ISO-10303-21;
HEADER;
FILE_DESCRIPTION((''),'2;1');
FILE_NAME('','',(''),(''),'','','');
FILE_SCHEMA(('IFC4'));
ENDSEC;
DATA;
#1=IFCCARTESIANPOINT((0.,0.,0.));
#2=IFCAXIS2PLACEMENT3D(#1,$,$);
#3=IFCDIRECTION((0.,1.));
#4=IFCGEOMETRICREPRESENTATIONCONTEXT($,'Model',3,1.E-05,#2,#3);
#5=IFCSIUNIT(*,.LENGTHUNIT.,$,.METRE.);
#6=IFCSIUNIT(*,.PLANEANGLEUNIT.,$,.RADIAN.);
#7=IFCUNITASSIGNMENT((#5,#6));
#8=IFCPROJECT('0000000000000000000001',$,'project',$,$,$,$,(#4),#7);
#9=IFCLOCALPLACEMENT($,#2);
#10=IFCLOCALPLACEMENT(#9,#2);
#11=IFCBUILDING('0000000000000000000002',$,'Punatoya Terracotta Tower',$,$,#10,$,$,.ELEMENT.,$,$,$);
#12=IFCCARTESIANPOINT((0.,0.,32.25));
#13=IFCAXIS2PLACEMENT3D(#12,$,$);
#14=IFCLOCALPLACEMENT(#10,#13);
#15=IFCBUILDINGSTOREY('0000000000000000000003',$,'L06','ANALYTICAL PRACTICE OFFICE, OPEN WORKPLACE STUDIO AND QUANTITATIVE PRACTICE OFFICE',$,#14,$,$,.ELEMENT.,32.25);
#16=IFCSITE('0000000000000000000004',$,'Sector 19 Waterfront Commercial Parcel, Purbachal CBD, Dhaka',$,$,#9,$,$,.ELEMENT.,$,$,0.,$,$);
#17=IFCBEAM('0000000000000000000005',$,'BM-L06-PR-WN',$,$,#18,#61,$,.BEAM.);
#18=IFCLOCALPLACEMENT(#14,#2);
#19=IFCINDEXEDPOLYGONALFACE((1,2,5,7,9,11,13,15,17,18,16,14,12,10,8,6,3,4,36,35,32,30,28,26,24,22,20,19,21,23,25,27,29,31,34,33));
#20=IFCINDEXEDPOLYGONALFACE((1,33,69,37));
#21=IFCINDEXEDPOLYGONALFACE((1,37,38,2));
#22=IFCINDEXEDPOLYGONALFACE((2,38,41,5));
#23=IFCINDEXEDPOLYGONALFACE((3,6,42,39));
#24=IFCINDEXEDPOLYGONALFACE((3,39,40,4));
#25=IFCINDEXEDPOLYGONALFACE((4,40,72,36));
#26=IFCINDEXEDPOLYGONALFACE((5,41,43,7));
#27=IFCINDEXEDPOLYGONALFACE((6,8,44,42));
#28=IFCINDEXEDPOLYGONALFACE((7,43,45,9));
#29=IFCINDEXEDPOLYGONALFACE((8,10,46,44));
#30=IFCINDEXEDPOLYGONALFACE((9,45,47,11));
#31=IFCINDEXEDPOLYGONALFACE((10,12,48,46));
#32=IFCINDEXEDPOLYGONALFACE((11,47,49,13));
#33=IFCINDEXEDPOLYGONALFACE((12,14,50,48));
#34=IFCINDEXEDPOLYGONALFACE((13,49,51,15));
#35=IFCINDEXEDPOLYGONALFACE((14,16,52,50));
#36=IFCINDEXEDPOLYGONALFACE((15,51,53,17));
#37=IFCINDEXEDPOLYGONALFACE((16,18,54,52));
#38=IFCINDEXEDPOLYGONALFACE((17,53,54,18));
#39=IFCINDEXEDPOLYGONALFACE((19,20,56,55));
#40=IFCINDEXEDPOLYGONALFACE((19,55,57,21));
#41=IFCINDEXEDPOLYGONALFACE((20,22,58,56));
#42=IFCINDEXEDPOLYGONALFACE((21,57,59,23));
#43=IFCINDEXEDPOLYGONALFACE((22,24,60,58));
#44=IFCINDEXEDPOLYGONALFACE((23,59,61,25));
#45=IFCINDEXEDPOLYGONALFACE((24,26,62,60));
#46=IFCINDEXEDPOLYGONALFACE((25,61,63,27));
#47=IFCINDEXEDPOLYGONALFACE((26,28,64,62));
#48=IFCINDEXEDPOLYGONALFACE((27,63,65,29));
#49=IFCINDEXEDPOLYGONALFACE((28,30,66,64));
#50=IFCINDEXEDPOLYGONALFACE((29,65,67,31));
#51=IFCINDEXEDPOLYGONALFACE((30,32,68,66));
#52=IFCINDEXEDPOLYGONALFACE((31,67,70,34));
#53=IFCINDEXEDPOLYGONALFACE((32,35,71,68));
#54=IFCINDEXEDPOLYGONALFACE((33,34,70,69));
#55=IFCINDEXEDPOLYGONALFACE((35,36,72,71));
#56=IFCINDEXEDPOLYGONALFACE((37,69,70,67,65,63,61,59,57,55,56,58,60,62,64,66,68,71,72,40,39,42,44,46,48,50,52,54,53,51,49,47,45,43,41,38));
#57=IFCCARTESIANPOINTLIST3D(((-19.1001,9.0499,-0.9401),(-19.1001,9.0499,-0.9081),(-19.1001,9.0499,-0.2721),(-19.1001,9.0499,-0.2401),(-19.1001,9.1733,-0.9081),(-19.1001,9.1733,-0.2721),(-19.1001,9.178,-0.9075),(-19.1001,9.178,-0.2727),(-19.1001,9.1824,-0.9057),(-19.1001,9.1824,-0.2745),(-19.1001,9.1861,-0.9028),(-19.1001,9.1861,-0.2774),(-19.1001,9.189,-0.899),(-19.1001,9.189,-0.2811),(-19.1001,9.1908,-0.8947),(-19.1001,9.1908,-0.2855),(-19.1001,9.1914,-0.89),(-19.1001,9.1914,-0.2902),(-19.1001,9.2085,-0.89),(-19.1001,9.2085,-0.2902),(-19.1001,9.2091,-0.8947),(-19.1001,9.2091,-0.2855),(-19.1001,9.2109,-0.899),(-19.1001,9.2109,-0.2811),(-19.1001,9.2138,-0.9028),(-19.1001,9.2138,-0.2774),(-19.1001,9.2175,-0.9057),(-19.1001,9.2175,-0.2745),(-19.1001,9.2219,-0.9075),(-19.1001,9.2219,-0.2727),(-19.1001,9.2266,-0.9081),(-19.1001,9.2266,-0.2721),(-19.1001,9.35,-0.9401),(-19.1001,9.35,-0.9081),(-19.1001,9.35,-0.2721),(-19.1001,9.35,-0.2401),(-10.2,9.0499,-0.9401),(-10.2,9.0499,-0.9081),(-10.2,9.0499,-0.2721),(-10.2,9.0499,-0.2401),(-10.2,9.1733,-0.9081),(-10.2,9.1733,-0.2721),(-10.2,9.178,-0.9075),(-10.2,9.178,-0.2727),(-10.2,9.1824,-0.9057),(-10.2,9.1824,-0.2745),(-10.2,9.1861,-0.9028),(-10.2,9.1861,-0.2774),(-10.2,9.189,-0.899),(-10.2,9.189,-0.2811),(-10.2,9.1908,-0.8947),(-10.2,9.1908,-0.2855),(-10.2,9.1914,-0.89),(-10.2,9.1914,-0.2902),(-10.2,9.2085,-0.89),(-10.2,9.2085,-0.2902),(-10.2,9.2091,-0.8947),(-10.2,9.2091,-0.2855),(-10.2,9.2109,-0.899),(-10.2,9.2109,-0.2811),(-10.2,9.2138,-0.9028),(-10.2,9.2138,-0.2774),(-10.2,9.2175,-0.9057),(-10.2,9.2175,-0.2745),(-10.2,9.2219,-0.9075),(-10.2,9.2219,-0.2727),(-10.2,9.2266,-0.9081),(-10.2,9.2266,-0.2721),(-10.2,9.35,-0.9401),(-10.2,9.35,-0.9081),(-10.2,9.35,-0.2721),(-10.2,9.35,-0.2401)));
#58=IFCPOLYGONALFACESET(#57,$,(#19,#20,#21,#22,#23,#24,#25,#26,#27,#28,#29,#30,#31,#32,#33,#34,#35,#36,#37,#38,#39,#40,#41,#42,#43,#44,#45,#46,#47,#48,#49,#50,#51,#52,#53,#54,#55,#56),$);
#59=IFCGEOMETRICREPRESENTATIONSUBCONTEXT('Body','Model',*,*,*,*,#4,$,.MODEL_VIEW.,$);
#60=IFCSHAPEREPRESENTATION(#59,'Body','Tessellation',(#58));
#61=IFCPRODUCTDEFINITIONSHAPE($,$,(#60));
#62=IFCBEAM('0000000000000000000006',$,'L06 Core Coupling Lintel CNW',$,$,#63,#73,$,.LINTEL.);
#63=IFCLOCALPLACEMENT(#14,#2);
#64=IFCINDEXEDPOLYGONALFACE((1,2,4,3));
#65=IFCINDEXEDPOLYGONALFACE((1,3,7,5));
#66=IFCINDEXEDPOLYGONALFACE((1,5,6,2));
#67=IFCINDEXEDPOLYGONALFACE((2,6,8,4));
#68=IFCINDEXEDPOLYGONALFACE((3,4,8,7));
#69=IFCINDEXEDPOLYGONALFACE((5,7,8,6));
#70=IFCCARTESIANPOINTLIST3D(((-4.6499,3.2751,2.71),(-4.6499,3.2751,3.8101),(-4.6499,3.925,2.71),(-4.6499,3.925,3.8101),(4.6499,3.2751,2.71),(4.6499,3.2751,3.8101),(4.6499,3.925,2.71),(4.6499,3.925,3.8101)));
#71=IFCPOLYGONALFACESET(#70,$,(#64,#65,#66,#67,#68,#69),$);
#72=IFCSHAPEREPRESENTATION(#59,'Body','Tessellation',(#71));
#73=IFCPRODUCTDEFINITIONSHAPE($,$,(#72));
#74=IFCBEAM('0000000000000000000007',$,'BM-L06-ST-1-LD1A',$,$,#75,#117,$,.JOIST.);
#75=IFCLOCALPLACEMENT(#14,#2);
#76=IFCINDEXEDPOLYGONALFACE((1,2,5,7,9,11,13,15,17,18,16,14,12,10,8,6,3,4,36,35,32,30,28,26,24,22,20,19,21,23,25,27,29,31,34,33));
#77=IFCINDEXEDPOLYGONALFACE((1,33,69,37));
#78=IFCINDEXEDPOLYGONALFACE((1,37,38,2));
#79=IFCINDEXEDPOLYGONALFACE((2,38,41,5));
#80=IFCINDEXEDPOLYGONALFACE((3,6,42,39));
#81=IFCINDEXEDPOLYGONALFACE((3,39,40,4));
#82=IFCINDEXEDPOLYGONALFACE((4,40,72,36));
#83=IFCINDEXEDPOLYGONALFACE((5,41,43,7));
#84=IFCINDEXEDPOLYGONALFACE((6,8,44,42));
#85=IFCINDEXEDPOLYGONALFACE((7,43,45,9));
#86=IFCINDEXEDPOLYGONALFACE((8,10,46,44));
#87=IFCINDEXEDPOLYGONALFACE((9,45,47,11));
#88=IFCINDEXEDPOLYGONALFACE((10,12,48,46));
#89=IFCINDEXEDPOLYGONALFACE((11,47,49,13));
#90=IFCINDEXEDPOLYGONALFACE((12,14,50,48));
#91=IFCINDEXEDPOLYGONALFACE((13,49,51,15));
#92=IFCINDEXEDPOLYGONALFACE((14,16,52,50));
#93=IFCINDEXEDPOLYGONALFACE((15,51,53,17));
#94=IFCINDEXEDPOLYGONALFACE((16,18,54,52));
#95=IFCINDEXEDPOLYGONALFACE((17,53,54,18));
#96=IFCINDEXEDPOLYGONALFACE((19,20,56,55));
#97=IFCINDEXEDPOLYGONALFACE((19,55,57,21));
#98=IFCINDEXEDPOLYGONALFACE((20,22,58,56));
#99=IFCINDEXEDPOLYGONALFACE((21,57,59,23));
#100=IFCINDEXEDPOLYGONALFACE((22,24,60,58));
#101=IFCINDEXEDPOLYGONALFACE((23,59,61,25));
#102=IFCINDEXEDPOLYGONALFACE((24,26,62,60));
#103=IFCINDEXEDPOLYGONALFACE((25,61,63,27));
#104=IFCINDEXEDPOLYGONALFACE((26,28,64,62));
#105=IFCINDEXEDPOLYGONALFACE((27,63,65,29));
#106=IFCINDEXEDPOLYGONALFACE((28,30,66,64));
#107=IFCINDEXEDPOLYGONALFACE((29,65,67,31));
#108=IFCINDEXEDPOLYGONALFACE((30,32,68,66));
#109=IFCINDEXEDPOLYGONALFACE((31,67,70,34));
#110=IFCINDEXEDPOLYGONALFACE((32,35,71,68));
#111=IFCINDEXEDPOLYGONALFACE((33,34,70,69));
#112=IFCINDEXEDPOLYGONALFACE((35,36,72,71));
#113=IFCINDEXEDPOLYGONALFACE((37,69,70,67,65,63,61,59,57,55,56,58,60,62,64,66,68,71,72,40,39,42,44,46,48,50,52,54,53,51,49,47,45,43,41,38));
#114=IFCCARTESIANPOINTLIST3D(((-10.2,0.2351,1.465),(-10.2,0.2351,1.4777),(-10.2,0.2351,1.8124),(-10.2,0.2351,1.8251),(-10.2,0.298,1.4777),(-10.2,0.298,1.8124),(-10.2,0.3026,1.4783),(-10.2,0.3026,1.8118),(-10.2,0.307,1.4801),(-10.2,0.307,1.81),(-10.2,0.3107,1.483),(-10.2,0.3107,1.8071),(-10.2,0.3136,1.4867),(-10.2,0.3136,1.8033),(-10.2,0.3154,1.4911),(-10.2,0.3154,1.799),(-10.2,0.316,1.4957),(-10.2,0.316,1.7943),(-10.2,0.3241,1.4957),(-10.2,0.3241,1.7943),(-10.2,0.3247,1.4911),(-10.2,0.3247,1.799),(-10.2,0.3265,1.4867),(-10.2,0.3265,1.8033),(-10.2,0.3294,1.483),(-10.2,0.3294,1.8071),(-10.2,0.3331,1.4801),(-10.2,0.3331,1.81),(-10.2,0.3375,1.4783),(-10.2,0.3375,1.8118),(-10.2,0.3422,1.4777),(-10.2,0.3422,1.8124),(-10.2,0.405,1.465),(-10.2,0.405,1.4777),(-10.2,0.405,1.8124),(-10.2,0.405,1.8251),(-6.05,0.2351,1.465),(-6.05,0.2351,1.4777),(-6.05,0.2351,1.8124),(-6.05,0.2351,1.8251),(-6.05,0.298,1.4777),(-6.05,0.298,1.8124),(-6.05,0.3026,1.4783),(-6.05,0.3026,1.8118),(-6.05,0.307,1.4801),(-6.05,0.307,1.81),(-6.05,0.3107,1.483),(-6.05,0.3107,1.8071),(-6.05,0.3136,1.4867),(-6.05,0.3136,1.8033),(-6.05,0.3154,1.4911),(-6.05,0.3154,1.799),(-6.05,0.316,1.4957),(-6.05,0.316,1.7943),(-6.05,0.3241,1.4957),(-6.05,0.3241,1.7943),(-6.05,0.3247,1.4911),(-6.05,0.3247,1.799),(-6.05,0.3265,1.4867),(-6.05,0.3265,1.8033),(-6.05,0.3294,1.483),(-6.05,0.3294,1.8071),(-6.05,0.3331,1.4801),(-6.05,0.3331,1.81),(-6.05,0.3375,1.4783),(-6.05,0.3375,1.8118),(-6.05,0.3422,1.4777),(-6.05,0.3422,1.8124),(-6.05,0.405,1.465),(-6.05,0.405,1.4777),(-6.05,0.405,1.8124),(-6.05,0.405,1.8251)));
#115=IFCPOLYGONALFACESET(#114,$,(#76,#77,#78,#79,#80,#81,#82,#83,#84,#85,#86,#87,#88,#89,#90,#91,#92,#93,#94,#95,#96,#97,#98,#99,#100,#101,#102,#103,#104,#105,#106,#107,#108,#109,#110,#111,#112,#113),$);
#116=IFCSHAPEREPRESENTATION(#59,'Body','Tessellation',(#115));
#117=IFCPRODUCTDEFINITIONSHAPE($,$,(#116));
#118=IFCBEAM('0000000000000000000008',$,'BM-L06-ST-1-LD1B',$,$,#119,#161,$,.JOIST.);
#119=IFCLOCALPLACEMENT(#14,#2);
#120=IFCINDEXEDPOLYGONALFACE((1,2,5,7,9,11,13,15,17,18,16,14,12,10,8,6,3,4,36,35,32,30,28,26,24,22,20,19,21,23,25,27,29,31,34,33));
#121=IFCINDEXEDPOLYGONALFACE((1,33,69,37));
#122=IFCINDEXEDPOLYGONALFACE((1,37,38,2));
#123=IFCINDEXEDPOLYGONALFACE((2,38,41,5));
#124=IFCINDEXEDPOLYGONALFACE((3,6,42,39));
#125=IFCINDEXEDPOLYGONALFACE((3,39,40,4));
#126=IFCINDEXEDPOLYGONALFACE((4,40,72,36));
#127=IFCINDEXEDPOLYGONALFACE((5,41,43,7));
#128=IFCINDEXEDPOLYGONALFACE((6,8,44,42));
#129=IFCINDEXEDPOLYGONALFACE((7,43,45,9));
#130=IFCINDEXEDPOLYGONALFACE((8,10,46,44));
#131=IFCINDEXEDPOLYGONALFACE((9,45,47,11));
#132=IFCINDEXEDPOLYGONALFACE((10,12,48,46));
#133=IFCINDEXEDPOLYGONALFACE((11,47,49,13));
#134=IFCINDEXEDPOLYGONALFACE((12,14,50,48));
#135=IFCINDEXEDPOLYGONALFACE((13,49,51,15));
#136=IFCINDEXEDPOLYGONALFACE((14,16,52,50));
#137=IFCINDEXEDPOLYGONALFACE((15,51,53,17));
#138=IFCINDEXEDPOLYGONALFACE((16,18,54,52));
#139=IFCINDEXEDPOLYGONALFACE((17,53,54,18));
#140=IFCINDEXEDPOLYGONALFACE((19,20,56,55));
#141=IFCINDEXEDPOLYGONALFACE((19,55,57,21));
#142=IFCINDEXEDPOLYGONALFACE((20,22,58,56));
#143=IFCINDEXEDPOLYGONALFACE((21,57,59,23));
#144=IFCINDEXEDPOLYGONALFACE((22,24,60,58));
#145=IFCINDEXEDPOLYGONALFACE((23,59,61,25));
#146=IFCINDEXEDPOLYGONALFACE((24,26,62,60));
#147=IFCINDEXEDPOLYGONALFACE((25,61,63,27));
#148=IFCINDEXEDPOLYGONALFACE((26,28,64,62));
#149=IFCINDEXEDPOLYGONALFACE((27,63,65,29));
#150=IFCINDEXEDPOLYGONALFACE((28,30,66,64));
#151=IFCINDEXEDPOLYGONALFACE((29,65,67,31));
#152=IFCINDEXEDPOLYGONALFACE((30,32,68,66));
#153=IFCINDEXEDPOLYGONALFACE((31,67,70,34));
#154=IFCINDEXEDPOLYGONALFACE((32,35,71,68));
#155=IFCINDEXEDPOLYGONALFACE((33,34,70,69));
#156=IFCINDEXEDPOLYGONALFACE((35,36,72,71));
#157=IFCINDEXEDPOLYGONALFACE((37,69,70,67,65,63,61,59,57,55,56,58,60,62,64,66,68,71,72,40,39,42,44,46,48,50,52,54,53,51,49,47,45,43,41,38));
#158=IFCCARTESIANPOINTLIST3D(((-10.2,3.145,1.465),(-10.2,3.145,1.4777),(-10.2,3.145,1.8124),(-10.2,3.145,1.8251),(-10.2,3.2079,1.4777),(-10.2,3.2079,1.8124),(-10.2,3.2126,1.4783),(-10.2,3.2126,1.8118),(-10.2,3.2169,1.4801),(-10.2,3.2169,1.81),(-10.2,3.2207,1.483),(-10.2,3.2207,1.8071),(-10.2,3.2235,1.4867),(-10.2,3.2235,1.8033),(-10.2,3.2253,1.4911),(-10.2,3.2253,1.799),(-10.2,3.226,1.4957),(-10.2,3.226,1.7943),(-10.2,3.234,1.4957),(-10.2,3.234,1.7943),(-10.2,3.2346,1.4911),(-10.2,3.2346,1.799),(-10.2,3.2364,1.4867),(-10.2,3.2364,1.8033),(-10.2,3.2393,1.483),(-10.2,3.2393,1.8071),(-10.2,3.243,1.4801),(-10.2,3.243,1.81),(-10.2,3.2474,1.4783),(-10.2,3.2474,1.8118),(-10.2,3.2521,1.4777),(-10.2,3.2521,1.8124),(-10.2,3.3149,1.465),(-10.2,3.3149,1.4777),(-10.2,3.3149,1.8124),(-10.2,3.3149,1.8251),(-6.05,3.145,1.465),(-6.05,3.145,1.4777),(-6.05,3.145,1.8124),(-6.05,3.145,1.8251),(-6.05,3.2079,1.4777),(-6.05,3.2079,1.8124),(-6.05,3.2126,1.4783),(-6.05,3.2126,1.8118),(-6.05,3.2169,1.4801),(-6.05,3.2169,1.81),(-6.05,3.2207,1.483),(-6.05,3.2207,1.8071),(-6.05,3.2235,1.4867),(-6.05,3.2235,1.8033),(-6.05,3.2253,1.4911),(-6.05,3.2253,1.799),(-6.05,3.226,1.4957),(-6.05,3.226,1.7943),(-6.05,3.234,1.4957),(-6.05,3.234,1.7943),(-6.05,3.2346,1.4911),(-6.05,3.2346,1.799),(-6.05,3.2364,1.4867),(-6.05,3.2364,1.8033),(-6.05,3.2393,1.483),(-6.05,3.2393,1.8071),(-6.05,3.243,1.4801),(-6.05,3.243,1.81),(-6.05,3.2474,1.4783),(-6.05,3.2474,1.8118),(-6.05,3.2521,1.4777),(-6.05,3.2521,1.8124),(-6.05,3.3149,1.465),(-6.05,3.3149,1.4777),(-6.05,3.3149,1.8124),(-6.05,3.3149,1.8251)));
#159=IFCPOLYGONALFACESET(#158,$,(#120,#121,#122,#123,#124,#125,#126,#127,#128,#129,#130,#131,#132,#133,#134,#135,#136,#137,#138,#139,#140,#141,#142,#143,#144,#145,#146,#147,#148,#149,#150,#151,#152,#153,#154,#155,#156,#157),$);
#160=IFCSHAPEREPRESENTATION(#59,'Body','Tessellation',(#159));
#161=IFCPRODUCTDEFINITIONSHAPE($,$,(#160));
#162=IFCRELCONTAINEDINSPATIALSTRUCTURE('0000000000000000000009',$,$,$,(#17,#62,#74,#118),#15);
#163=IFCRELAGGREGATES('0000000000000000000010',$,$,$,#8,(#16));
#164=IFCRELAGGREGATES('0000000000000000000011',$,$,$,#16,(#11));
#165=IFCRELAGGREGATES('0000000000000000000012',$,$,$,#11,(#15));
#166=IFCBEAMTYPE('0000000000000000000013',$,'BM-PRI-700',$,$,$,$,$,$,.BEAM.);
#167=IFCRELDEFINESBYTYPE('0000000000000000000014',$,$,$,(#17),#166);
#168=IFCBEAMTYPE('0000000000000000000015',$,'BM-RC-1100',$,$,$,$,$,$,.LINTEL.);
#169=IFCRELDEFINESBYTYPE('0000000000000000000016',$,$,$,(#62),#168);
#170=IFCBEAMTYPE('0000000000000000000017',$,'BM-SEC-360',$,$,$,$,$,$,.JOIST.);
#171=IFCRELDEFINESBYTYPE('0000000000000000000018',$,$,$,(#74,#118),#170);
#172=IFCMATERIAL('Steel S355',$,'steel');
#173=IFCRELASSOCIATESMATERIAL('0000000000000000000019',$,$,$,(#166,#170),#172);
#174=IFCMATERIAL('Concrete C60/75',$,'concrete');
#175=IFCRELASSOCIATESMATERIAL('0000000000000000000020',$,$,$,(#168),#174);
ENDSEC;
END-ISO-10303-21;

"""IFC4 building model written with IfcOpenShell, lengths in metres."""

from ifc_helpers import new_model, si_unit, direction, frame, origin, origin_2d, place, context, subcontext, project, spatial, rectangle, i_section, extrude, material, material_profile, profile_set, type_object, element, save


model = new_model("IFC4")

# Units and contexts
model_context = context("Model", 3, precision=1e-05, world=origin(), true_north=direction((0.0, 1.0)))
body_context = subcontext(model_context, "Body", "Model", "MODEL_VIEW")
ifc_project = project(units=[si_unit("LENGTHUNIT", "METRE"), si_unit("PLANEANGLEUNIT", "RADIAN")], contexts=[model_context])

# Site, building, storey
site_placement = place(None, origin())
site = spatial("IfcSite", under=ifc_project, at=site_placement, Name="Sector 19 Waterfront Commercial Parcel, Purbachal CBD, Dhaka", CompositionType="ELEMENT", RefElevation=0.0)
building_placement = place(site_placement, origin())
building = spatial("IfcBuilding", under=site, at=building_placement, Name="Punatoya Terracotta Tower", CompositionType="ELEMENT")
storey_placement = place(building_placement, frame((0.0, 0.0, 32.25)))
storey = spatial("IfcBuildingStorey", under=building, at=storey_placement, Name="L06", Description="ANALYTICAL PRACTICE OFFICE, OPEN WORKPLACE STUDIO AND QUANTITATIVE PRACTICE OFFICE", CompositionType="ELEMENT", Elevation=32.25)

# Beams
ifc_material_1 = material(Name="Steel S355", Category="steel")
ifc_material_profile_1 = material_profile(ifc_material_1, i_section(OverallWidth=0.3, OverallDepth=0.7, WebThickness=0.0171, FlangeThickness=0.032, FilletRadius=0.0181, at=origin_2d()))
ifc_profile_set_1 = profile_set([ifc_material_profile_1], Name="Steel S355")
beam_type_1 = type_object("IfcBeamType", Name="BM-PRI-700", PredefinedType="BEAM", material=ifc_profile_set_1)
for number, where, z_axis, x_axis, name in (
    (1, (-19.1001, 9.2, -0.5901), (1.0, 0.0, 0.0), (0.0, 1.0, 0.0), "BM-L06-PR-WN"),
):
    element("IfcBeam", number, at=place(storey_placement, frame(where, z_axis=z_axis, x_axis=x_axis)), inside=storey, type_object=beam_type_1, Name=name, PredefinedType="BEAM", context=body_context, shape_type="SweptSolid", body=[
        extrude(i_section(OverallWidth=0.3, OverallDepth=0.7, WebThickness=0.0171, FlangeThickness=0.032, FilletRadius=0.0181, at=origin_2d()), origin(), (0.0, 0.0, 1.0), 8.9001),
    ])
ifc_material_2 = material(Name="Concrete C60/75", Category="concrete")
ifc_material_profile_2 = material_profile(ifc_material_2, rectangle(XDim=0.6499, YDim=1.1001, at=origin_2d()))
ifc_profile_set_2 = profile_set([ifc_material_profile_2], Name="Concrete C60/75")
beam_type_2 = type_object("IfcBeamType", Name="BM-RC-1100", PredefinedType="LINTEL", material=ifc_profile_set_2)
beam_1_placement = place(storey_placement, frame((-4.6499, 3.6001, 3.26), z_axis=(1.0, 0.0, 0.0), x_axis=(0.0, 1.0, 0.0)))
element("IfcBeam", 2, at=beam_1_placement, inside=storey, type_object=beam_type_2, Name="L06 Core Coupling Lintel CNW", PredefinedType="LINTEL", context=body_context, shape_type="SweptSolid", body=[
    extrude(rectangle(XDim=0.6499, YDim=1.1001, at=origin_2d()), origin(), (0.0, 0.0, 1.0), 9.2998),
])
ifc_material_profile_3 = material_profile(ifc_material_1, i_section(OverallWidth=0.1699, OverallDepth=0.3601, WebThickness=0.0081, FlangeThickness=0.0127, FilletRadius=0.0181, at=origin_2d()))
ifc_profile_set_3 = profile_set([ifc_material_profile_3], Name="Steel S355")
beam_type_3 = type_object("IfcBeamType", Name="BM-SEC-360", PredefinedType="JOIST", material=ifc_profile_set_3)
for number, where, z_axis, x_axis, name in (
    (3, (-10.2, 0.3201, 1.645), (1.0, 0.0, 0.0), (0.0, 1.0, 0.0), "BM-L06-ST-1-LD1A"),
    (4, (-10.2, 3.23, 1.645), (1.0, 0.0, 0.0), (0.0, 1.0, 0.0), "BM-L06-ST-1-LD1B"),
):
    element("IfcBeam", number, at=place(storey_placement, frame(where, z_axis=z_axis, x_axis=x_axis)), inside=storey, type_object=beam_type_3, Name=name, PredefinedType="JOIST", context=body_context, shape_type="SweptSolid", body=[
        extrude(i_section(OverallWidth=0.1699, OverallDepth=0.3601, WebThickness=0.0081, FlangeThickness=0.0127, FilletRadius=0.0181, at=origin_2d()), origin(), (0.0, 0.0, 1.0), 4.1499),
    ])

save(model, "model.ifc")
